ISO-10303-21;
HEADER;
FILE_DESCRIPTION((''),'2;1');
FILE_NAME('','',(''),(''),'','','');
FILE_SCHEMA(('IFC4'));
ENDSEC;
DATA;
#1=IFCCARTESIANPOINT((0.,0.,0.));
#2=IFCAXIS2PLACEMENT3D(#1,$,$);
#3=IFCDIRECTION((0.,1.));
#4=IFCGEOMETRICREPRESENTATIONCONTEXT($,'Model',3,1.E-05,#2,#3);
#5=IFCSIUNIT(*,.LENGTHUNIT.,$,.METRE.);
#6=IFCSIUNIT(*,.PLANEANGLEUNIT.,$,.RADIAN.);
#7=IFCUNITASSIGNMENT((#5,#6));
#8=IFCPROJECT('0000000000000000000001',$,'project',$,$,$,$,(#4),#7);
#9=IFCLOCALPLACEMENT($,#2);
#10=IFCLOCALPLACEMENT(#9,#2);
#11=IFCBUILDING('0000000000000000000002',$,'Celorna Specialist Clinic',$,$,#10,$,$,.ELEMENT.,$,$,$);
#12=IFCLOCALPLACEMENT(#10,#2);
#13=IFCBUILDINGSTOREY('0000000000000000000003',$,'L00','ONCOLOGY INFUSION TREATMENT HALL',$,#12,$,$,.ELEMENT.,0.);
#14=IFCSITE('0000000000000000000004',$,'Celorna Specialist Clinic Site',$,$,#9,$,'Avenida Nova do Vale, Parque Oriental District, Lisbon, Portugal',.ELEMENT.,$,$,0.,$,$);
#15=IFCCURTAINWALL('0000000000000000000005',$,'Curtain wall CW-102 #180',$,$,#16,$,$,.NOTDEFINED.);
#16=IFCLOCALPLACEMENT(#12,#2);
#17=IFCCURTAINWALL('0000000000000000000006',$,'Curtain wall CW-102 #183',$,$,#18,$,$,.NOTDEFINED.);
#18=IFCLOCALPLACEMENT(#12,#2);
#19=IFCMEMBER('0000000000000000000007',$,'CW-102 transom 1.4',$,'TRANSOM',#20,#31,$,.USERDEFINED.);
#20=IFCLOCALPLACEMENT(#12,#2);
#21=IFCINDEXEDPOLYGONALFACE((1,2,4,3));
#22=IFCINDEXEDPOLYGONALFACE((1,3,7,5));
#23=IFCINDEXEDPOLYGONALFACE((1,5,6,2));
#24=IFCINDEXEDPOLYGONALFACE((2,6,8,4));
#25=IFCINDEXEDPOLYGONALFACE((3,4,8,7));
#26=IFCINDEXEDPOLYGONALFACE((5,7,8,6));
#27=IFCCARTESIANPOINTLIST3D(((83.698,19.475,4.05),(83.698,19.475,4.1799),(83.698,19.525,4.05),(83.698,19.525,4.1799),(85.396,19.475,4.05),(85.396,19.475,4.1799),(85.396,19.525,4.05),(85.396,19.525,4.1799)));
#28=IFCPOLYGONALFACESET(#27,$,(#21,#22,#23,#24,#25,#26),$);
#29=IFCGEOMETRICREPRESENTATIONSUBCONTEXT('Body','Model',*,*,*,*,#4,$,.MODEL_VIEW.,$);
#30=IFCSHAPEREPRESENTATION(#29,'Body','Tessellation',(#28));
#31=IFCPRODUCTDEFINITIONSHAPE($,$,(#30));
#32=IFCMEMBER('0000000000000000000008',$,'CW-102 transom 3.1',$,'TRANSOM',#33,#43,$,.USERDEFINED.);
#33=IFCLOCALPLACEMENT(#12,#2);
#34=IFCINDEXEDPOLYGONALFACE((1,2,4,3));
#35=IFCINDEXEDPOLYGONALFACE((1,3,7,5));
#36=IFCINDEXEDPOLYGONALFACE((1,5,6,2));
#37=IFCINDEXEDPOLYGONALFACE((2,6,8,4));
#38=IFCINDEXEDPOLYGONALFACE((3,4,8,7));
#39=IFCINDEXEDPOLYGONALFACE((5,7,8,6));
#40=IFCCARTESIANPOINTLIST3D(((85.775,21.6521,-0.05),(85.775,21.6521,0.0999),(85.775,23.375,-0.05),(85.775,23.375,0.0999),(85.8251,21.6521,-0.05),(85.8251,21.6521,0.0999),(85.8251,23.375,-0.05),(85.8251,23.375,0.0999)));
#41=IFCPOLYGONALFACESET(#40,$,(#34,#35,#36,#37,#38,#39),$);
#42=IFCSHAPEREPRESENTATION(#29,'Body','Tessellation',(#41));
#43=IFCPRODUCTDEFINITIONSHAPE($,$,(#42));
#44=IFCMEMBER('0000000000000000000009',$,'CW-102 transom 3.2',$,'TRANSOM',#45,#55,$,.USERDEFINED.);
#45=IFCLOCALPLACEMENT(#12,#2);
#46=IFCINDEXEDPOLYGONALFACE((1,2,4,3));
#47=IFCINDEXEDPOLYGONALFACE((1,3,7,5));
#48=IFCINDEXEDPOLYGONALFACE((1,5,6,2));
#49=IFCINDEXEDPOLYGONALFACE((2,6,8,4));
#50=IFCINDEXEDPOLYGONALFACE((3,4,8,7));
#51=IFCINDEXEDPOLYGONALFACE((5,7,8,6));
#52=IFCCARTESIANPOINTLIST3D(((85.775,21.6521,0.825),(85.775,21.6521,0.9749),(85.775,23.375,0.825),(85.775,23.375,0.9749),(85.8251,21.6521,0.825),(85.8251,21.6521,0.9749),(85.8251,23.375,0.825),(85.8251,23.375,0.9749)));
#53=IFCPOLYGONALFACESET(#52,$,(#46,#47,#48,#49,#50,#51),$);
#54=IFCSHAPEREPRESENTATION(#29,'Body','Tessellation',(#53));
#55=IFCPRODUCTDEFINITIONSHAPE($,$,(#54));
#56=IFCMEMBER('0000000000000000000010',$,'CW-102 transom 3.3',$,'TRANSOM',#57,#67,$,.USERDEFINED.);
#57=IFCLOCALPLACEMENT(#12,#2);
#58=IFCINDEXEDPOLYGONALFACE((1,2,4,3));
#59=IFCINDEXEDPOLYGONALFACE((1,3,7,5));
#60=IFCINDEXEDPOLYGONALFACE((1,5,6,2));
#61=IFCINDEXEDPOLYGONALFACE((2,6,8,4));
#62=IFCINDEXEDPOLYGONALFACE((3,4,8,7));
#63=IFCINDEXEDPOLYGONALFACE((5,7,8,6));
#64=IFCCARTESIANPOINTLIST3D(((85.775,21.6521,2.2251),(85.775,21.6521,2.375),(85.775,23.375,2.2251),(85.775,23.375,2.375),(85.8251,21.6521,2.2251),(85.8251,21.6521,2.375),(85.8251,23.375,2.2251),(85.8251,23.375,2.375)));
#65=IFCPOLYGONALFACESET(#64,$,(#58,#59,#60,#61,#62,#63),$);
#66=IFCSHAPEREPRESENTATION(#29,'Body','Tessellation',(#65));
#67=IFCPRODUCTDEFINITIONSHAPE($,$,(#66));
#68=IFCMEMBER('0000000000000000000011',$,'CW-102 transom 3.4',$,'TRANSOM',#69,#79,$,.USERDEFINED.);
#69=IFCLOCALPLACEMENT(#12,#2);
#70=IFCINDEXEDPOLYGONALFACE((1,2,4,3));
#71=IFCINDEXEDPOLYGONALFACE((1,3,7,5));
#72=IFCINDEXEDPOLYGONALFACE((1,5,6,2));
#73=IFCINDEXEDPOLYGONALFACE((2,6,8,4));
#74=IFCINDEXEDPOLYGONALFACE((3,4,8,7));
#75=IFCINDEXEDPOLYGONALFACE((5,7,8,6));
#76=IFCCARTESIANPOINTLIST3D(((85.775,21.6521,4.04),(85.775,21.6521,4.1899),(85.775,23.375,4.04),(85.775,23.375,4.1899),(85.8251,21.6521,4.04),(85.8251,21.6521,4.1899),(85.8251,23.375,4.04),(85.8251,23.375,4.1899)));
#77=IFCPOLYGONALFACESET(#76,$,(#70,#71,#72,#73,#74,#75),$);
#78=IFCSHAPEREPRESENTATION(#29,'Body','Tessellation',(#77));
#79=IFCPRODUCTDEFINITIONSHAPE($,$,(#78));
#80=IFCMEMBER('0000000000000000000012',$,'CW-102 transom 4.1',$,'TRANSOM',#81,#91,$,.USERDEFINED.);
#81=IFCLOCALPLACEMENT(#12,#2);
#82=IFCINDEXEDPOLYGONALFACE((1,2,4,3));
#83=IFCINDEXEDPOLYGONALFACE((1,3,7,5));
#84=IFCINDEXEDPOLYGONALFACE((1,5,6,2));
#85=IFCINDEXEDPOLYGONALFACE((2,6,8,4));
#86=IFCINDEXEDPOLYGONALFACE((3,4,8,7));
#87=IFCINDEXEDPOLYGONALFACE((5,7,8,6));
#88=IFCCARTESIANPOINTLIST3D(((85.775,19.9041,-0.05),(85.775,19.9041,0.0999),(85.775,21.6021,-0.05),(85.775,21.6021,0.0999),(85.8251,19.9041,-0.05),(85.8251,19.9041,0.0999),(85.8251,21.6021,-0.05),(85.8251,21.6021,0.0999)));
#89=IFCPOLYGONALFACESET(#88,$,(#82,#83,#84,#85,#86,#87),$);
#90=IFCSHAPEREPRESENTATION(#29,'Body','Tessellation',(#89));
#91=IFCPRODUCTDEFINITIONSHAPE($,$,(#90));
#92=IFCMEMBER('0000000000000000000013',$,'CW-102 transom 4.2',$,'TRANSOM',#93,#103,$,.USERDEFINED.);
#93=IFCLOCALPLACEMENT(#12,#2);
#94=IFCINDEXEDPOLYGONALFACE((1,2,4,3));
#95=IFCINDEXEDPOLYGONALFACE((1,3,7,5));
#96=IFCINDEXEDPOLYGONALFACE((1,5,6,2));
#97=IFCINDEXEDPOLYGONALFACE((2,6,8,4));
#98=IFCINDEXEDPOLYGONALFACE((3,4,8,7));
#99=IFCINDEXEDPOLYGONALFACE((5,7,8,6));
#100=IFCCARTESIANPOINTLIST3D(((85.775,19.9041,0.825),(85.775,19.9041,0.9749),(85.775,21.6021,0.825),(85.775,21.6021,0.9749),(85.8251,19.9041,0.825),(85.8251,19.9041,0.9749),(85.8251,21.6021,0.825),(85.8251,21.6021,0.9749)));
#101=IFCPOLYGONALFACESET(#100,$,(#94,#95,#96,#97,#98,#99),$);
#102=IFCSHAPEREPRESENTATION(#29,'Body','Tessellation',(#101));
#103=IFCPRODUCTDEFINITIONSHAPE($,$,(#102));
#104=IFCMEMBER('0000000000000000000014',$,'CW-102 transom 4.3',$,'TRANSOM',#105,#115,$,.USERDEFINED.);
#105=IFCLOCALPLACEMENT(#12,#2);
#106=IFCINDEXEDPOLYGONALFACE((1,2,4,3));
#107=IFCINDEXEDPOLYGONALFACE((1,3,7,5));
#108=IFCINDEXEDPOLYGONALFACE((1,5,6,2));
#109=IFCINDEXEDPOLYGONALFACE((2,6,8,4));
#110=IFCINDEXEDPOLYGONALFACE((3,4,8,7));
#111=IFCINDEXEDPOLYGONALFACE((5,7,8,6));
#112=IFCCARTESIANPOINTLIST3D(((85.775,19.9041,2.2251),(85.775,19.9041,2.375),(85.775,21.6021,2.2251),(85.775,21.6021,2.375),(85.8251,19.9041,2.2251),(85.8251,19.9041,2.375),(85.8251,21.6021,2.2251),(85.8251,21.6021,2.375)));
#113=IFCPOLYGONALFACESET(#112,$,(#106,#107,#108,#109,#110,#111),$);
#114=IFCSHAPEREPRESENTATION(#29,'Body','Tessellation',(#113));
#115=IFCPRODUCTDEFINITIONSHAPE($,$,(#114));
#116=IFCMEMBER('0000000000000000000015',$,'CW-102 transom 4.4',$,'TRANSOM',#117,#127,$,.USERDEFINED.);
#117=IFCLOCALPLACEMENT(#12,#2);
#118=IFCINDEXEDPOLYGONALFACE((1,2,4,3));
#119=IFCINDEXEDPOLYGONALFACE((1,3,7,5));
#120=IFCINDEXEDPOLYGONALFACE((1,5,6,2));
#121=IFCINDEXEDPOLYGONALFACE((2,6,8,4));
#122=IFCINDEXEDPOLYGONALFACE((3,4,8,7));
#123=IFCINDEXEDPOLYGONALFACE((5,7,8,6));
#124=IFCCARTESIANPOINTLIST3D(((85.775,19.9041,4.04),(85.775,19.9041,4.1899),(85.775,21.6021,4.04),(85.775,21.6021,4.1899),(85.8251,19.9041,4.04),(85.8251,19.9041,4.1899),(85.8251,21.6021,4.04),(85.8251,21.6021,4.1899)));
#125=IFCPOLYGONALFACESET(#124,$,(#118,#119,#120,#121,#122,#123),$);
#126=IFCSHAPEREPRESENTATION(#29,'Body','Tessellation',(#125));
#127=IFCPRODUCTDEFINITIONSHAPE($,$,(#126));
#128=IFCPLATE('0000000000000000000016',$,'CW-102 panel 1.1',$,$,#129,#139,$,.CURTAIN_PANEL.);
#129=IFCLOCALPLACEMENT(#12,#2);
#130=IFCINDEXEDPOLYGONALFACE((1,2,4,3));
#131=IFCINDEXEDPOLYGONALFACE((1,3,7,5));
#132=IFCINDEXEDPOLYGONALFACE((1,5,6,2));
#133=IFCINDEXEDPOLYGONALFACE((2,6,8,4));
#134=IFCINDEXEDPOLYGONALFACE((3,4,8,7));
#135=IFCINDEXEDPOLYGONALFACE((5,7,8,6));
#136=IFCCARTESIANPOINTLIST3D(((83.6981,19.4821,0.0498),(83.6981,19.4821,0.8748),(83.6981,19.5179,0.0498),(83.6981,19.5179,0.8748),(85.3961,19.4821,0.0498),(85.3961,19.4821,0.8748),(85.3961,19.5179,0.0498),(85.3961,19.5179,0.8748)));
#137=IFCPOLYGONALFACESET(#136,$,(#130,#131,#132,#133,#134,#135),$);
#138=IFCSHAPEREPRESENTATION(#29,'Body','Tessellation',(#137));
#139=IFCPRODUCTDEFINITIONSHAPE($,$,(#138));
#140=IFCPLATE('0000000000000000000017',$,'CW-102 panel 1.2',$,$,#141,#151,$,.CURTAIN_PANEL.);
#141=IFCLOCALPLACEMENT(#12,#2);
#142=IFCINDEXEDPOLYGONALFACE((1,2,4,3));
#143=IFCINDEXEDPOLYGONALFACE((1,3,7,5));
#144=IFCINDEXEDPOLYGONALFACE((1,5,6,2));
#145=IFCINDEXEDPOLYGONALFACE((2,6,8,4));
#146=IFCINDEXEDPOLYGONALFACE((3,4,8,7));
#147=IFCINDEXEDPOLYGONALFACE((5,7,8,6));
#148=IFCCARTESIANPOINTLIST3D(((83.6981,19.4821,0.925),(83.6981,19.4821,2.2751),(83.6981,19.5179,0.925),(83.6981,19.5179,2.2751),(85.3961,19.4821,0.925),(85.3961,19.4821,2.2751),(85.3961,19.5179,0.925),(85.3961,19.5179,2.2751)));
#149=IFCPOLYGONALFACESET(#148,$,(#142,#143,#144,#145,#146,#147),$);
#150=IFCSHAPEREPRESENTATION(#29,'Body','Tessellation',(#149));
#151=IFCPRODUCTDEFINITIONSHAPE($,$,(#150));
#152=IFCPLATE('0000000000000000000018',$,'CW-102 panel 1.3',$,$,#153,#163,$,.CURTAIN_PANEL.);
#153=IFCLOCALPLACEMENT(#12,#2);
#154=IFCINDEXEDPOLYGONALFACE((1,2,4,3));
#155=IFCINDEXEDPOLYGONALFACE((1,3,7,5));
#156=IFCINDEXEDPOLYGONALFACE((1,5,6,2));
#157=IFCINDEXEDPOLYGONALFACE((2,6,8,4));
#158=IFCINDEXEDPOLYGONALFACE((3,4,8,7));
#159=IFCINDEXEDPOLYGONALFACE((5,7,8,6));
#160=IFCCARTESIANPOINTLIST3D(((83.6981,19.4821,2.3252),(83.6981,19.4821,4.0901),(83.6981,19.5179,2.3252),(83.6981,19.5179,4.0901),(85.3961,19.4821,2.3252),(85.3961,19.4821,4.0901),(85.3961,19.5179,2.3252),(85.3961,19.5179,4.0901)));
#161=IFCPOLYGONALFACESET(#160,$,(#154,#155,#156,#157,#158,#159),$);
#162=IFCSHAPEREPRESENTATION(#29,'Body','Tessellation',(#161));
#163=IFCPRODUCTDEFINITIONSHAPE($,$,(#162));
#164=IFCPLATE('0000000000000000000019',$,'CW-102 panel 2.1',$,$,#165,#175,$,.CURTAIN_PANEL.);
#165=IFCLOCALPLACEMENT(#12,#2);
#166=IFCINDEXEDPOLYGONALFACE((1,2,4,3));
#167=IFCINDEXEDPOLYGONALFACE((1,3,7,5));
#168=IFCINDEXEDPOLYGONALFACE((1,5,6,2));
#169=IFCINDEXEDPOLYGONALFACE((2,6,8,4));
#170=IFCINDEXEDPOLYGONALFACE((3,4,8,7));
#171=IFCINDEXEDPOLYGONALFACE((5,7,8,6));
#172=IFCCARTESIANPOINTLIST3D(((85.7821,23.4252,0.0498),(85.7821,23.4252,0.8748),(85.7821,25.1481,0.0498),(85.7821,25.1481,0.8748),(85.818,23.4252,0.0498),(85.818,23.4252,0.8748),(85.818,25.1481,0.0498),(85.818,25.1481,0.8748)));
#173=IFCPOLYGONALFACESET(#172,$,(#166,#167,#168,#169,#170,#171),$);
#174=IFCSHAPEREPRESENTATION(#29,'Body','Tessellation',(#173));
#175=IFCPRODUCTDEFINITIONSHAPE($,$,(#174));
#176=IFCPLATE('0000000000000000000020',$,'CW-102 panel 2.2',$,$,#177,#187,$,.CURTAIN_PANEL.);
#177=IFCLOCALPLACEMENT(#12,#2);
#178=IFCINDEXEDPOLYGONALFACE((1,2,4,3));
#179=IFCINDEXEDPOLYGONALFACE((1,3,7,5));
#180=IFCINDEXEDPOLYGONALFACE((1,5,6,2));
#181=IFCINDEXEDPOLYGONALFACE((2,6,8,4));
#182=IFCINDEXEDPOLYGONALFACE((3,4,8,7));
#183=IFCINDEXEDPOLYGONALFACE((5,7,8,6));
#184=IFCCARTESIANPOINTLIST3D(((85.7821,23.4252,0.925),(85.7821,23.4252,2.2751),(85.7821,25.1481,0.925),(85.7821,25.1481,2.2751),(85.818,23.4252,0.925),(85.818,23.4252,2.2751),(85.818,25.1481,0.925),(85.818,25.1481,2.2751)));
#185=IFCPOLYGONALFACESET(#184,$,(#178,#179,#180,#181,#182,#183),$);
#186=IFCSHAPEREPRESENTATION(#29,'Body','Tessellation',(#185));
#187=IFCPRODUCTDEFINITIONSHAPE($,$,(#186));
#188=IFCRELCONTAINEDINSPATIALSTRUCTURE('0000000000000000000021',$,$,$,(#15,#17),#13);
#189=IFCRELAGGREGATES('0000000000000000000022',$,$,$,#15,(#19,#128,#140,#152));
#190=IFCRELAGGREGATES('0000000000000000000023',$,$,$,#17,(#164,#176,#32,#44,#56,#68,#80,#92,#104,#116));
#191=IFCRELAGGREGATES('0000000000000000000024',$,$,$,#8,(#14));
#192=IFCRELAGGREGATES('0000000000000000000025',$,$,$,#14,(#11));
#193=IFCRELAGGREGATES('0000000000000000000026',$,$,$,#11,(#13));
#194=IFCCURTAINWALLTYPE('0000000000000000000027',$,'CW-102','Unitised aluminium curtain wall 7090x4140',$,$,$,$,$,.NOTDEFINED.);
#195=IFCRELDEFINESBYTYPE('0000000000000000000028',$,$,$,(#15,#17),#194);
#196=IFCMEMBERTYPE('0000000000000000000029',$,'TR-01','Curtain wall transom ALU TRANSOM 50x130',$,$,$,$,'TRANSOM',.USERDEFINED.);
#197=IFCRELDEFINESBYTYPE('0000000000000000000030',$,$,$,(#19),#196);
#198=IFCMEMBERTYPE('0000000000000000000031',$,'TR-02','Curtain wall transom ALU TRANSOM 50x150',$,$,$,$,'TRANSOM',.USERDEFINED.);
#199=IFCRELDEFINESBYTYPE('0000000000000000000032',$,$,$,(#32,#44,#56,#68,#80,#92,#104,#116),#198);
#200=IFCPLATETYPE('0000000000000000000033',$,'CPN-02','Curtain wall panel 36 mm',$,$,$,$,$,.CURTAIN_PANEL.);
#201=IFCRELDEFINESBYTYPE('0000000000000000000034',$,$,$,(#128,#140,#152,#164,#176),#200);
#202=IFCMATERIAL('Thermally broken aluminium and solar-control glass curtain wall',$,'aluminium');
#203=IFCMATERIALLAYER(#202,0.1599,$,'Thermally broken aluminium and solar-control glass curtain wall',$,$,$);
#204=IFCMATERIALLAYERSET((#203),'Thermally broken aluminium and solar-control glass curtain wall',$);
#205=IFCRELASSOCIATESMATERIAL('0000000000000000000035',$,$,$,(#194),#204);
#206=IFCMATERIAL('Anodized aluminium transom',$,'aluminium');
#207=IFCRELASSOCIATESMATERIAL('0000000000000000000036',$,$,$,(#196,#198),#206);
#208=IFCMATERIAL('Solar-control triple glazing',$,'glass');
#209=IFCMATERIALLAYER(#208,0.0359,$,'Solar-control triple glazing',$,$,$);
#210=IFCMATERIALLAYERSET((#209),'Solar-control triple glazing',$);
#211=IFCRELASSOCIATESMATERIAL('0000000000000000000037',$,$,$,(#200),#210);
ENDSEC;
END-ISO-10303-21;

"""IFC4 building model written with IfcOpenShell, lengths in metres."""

from ifc_helpers import new_model, si_unit, direction, frame, origin, origin_2d, place, context, subcontext, project, spatial, rectangle, extrude, material, layer, layer_set, material_profile, profile_set, type_object, element, aggregate, save


model = new_model("IFC4")

# Units and contexts
model_context = context("Model", 3, precision=1e-05, world=origin(), true_north=direction((0.0, 1.0)))
body_context = subcontext(model_context, "Body", "Model", "MODEL_VIEW")
ifc_project = project(units=[si_unit("LENGTHUNIT", "METRE"), si_unit("PLANEANGLEUNIT", "RADIAN")], contexts=[model_context])

# Site, building, storey
site_placement = place(None, origin())
site = spatial("IfcSite", under=ifc_project, at=site_placement, Name="Celorna Specialist Clinic Site", LongName="Avenida Nova do Vale, Parque Oriental District, Lisbon, Portugal", CompositionType="ELEMENT", RefElevation=0.0)
building_placement = place(site_placement, origin())
building = spatial("IfcBuilding", under=site, at=building_placement, Name="Celorna Specialist Clinic", CompositionType="ELEMENT")
storey_placement = place(building_placement, origin())
storey = spatial("IfcBuildingStorey", under=building, at=storey_placement, Name="L00", Description="ONCOLOGY INFUSION TREATMENT HALL", CompositionType="ELEMENT", Elevation=0.0)

# Curtain walls
ifc_material_1 = material(Name="Thermally broken aluminium and solar-control glass curtain wall", Category="aluminium")
ifc_layer_1 = layer(ifc_material_1, 0.1599, Name="Thermally broken aluminium and solar-control glass curtain wall")
ifc_layer_set_1 = layer_set([ifc_layer_1], Name="Thermally broken aluminium and solar-control glass curtain wall")
curtain_wall_type = type_object("IfcCurtainWallType", Name="CW-102", Description="Unitised aluminium curtain wall 7090x4140", PredefinedType="NOTDEFINED", material=ifc_layer_set_1)
curtain_wall_1_placement = place(storey_placement, origin())
curtain_wall_1 = element("IfcCurtainWall", 1, at=curtain_wall_1_placement, inside=storey, type_object=curtain_wall_type, Name="Curtain wall CW-102 #180", PredefinedType="NOTDEFINED")
curtain_wall_2_placement = place(storey_placement, origin())
curtain_wall_2 = element("IfcCurtainWall", 2, at=curtain_wall_2_placement, inside=storey, type_object=curtain_wall_type, Name="Curtain wall CW-102 #183", PredefinedType="NOTDEFINED")

# Members
ifc_material_2 = material(Name="Anodized aluminium transom", Category="aluminium")
ifc_material_profile_1 = material_profile(ifc_material_2, rectangle(XDim=0.05, YDim=0.1299, at=origin_2d()), Name="ALU TRANSOM 50x130")
ifc_profile_set_1 = profile_set([ifc_material_profile_1], Name="Anodized aluminium transom")
member_type_1 = type_object("IfcMemberType", Name="TR-01", Description="Curtain wall transom ALU TRANSOM 50x130", ElementType="TRANSOM", PredefinedType="USERDEFINED", material=ifc_profile_set_1)
member_1_placement = place(storey_placement, frame((85.396, 19.5, 4.115), z_axis=(-1.0, 0.0, 0.0), x_axis=(0.0, -1.0, 0.0)))
member_1 = element("IfcMember", 3, at=member_1_placement, type_object=member_type_1, Name="CW-102 transom 1.4", ObjectType="TRANSOM", PredefinedType="USERDEFINED", context=body_context, shape_type="SweptSolid", body=[
    extrude(rectangle(XDim=0.05, YDim=0.1299, at=origin_2d()), origin(), (0.0, 0.0, 1.0), 1.698),
])
ifc_material_profile_2 = material_profile(ifc_material_2, rectangle(XDim=0.05, YDim=0.1499, at=origin_2d()), Name="ALU TRANSOM 50x150")
ifc_profile_set_2 = profile_set([ifc_material_profile_2], Name="Anodized aluminium transom")
member_type_2 = type_object("IfcMemberType", Name="TR-02", Description="Curtain wall transom ALU TRANSOM 50x150", ElementType="TRANSOM", PredefinedType="USERDEFINED", material=ifc_profile_set_2)
member_2_placement = place(storey_placement, frame((85.8, 23.375, 0.0249), z_axis=(0.0, -1.0, 0.0), x_axis=(1.0, 0.0, 0.0)))
member_2 = element("IfcMember", 4, at=member_2_placement, type_object=member_type_2, Name="CW-102 transom 3.1", ObjectType="TRANSOM", PredefinedType="USERDEFINED", context=body_context, shape_type="SweptSolid", body=[
    extrude(rectangle(XDim=0.05, YDim=0.1499, at=origin_2d()), origin(), (0.0, 0.0, 1.0), 1.7229),
])
member_3_placement = place(storey_placement, frame((85.8, 23.375, 0.8999), z_axis=(0.0, -1.0, 0.0), x_axis=(1.0, 0.0, 0.0)))
member_3 = element("IfcMember", 5, at=member_3_placement, type_object=member_type_2, Name="CW-102 transom 3.2", ObjectType="TRANSOM", PredefinedType="USERDEFINED", context=body_context, shape_type="SweptSolid", body=[
    extrude(rectangle(XDim=0.05, YDim=0.1499, at=origin_2d()), origin(), (0.0, 0.0, 1.0), 1.7229),
])
member_4_placement = place(storey_placement, frame((85.8, 23.375, 2.3), z_axis=(0.0, -1.0, 0.0), x_axis=(1.0, 0.0, 0.0)))
member_4 = element("IfcMember", 6, at=member_4_placement, type_object=member_type_2, Name="CW-102 transom 3.3", ObjectType="TRANSOM", PredefinedType="USERDEFINED", context=body_context, shape_type="SweptSolid", body=[
    extrude(rectangle(XDim=0.05, YDim=0.1499, at=origin_2d()), origin(), (0.0, 0.0, 1.0), 1.7229),
])
member_5_placement = place(storey_placement, frame((85.8, 23.375, 4.115), z_axis=(0.0, -1.0, 0.0), x_axis=(1.0, 0.0, 0.0)))
member_5 = element("IfcMember", 7, at=member_5_placement, type_object=member_type_2, Name="CW-102 transom 3.4", ObjectType="TRANSOM", PredefinedType="USERDEFINED", context=body_context, shape_type="SweptSolid", body=[
    extrude(rectangle(XDim=0.05, YDim=0.1499, at=origin_2d()), origin(), (0.0, 0.0, 1.0), 1.7229),
])
member_6_placement = place(storey_placement, frame((85.8, 21.6021, 0.0249), z_axis=(0.0, -1.0, 0.0), x_axis=(1.0, 0.0, 0.0)))
member_6 = element("IfcMember", 8, at=member_6_placement, type_object=member_type_2, Name="CW-102 transom 4.1", ObjectType="TRANSOM", PredefinedType="USERDEFINED", context=body_context, shape_type="SweptSolid", body=[
    extrude(rectangle(XDim=0.05, YDim=0.1499, at=origin_2d()), origin(), (0.0, 0.0, 1.0), 1.698),
])
member_7_placement = place(storey_placement, frame((85.8, 21.6021, 0.8999), z_axis=(0.0, -1.0, 0.0), x_axis=(1.0, 0.0, 0.0)))
member_7 = element("IfcMember", 9, at=member_7_placement, type_object=member_type_2, Name="CW-102 transom 4.2", ObjectType="TRANSOM", PredefinedType="USERDEFINED", context=body_context, shape_type="SweptSolid", body=[
    extrude(rectangle(XDim=0.05, YDim=0.1499, at=origin_2d()), origin(), (0.0, 0.0, 1.0), 1.698),
])
member_8_placement = place(storey_placement, frame((85.8, 21.6021, 2.3), z_axis=(0.0, -1.0, 0.0), x_axis=(1.0, 0.0, 0.0)))
member_8 = element("IfcMember", 10, at=member_8_placement, type_object=member_type_2, Name="CW-102 transom 4.3", ObjectType="TRANSOM", PredefinedType="USERDEFINED", context=body_context, shape_type="SweptSolid", body=[
    extrude(rectangle(XDim=0.05, YDim=0.1499, at=origin_2d()), origin(), (0.0, 0.0, 1.0), 1.698),
])
member_9_placement = place(storey_placement, frame((85.8, 21.6021, 4.115), z_axis=(0.0, -1.0, 0.0), x_axis=(1.0, 0.0, 0.0)))
member_9 = element("IfcMember", 11, at=member_9_placement, type_object=member_type_2, Name="CW-102 transom 4.4", ObjectType="TRANSOM", PredefinedType="USERDEFINED", context=body_context, shape_type="SweptSolid", body=[
    extrude(rectangle(XDim=0.05, YDim=0.1499, at=origin_2d()), origin(), (0.0, 0.0, 1.0), 1.698),
])

# Plates
ifc_material_3 = material(Name="Solar-control triple glazing", Category="glass")
ifc_layer_2 = layer(ifc_material_3, 0.0359, Name="Solar-control triple glazing")
ifc_layer_set_2 = layer_set([ifc_layer_2], Name="Solar-control triple glazing")
plate_type = type_object("IfcPlateType", Name="CPN-02", Description="Curtain wall panel 36 mm", PredefinedType="CURTAIN_PANEL", material=ifc_layer_set_2)
plate_1_placement = place(storey_placement, frame((84.5471, 19.5, 0.0498), z_axis=(0.0, 0.0, 1.0), x_axis=(-1.0, 0.0, 0.0)))
plate_1 = element("IfcPlate", 12, at=plate_1_placement, type_object=plate_type, Name="CW-102 panel 1.1", PredefinedType="CURTAIN_PANEL", context=body_context, shape_type="SweptSolid", body=[
    extrude(rectangle(XDim=1.698, YDim=0.0359, at=origin_2d()), origin(), (0.0, 0.0, 1.0), 0.825),
])
plate_2_placement = place(storey_placement, frame((84.5471, 19.5, 0.925), z_axis=(0.0, 0.0, 1.0), x_axis=(-1.0, 0.0, 0.0)))
plate_2 = element("IfcPlate", 13, at=plate_2_placement, type_object=plate_type, Name="CW-102 panel 1.2", PredefinedType="CURTAIN_PANEL", context=body_context, shape_type="SweptSolid", body=[
    extrude(rectangle(XDim=1.698, YDim=0.0359, at=origin_2d()), origin(), (0.0, 0.0, 1.0), 1.3501),
])
plate_3_placement = place(storey_placement, frame((84.5471, 19.5, 2.3252), z_axis=(0.0, 0.0, 1.0), x_axis=(-1.0, 0.0, 0.0)))
plate_3 = element("IfcPlate", 14, at=plate_3_placement, type_object=plate_type, Name="CW-102 panel 1.3", PredefinedType="CURTAIN_PANEL", context=body_context, shape_type="SweptSolid", body=[
    extrude(rectangle(XDim=1.698, YDim=0.0359, at=origin_2d()), origin(), (0.0, 0.0, 1.0), 1.7649),
])
aggregate(curtain_wall_1, [member_1, plate_1, plate_2, plate_3])
plate_4_placement = place(storey_placement, frame((85.8, 24.2866, 0.0498), z_axis=(0.0, 0.0, 1.0), x_axis=(0.0, -1.0, 0.0)))
plate_4 = element("IfcPlate", 15, at=plate_4_placement, type_object=plate_type, Name="CW-102 panel 2.1", PredefinedType="CURTAIN_PANEL", context=body_context, shape_type="SweptSolid", body=[
    extrude(rectangle(XDim=1.7229, YDim=0.0359, at=origin_2d()), origin(), (0.0, 0.0, 1.0), 0.825),
])
plate_5_placement = place(storey_placement, frame((85.8, 24.2866, 0.925), z_axis=(0.0, 0.0, 1.0), x_axis=(0.0, -1.0, 0.0)))
plate_5 = element("IfcPlate", 16, at=plate_5_placement, type_object=plate_type, Name="CW-102 panel 2.2", PredefinedType="CURTAIN_PANEL", context=body_context, shape_type="SweptSolid", body=[
    extrude(rectangle(XDim=1.7229, YDim=0.0359, at=origin_2d()), origin(), (0.0, 0.0, 1.0), 1.3501),
])
aggregate(curtain_wall_2, [plate_4, plate_5, member_2, member_3, member_4, member_5, member_6, member_7, member_8, member_9])

save(model, "model.ifc")
